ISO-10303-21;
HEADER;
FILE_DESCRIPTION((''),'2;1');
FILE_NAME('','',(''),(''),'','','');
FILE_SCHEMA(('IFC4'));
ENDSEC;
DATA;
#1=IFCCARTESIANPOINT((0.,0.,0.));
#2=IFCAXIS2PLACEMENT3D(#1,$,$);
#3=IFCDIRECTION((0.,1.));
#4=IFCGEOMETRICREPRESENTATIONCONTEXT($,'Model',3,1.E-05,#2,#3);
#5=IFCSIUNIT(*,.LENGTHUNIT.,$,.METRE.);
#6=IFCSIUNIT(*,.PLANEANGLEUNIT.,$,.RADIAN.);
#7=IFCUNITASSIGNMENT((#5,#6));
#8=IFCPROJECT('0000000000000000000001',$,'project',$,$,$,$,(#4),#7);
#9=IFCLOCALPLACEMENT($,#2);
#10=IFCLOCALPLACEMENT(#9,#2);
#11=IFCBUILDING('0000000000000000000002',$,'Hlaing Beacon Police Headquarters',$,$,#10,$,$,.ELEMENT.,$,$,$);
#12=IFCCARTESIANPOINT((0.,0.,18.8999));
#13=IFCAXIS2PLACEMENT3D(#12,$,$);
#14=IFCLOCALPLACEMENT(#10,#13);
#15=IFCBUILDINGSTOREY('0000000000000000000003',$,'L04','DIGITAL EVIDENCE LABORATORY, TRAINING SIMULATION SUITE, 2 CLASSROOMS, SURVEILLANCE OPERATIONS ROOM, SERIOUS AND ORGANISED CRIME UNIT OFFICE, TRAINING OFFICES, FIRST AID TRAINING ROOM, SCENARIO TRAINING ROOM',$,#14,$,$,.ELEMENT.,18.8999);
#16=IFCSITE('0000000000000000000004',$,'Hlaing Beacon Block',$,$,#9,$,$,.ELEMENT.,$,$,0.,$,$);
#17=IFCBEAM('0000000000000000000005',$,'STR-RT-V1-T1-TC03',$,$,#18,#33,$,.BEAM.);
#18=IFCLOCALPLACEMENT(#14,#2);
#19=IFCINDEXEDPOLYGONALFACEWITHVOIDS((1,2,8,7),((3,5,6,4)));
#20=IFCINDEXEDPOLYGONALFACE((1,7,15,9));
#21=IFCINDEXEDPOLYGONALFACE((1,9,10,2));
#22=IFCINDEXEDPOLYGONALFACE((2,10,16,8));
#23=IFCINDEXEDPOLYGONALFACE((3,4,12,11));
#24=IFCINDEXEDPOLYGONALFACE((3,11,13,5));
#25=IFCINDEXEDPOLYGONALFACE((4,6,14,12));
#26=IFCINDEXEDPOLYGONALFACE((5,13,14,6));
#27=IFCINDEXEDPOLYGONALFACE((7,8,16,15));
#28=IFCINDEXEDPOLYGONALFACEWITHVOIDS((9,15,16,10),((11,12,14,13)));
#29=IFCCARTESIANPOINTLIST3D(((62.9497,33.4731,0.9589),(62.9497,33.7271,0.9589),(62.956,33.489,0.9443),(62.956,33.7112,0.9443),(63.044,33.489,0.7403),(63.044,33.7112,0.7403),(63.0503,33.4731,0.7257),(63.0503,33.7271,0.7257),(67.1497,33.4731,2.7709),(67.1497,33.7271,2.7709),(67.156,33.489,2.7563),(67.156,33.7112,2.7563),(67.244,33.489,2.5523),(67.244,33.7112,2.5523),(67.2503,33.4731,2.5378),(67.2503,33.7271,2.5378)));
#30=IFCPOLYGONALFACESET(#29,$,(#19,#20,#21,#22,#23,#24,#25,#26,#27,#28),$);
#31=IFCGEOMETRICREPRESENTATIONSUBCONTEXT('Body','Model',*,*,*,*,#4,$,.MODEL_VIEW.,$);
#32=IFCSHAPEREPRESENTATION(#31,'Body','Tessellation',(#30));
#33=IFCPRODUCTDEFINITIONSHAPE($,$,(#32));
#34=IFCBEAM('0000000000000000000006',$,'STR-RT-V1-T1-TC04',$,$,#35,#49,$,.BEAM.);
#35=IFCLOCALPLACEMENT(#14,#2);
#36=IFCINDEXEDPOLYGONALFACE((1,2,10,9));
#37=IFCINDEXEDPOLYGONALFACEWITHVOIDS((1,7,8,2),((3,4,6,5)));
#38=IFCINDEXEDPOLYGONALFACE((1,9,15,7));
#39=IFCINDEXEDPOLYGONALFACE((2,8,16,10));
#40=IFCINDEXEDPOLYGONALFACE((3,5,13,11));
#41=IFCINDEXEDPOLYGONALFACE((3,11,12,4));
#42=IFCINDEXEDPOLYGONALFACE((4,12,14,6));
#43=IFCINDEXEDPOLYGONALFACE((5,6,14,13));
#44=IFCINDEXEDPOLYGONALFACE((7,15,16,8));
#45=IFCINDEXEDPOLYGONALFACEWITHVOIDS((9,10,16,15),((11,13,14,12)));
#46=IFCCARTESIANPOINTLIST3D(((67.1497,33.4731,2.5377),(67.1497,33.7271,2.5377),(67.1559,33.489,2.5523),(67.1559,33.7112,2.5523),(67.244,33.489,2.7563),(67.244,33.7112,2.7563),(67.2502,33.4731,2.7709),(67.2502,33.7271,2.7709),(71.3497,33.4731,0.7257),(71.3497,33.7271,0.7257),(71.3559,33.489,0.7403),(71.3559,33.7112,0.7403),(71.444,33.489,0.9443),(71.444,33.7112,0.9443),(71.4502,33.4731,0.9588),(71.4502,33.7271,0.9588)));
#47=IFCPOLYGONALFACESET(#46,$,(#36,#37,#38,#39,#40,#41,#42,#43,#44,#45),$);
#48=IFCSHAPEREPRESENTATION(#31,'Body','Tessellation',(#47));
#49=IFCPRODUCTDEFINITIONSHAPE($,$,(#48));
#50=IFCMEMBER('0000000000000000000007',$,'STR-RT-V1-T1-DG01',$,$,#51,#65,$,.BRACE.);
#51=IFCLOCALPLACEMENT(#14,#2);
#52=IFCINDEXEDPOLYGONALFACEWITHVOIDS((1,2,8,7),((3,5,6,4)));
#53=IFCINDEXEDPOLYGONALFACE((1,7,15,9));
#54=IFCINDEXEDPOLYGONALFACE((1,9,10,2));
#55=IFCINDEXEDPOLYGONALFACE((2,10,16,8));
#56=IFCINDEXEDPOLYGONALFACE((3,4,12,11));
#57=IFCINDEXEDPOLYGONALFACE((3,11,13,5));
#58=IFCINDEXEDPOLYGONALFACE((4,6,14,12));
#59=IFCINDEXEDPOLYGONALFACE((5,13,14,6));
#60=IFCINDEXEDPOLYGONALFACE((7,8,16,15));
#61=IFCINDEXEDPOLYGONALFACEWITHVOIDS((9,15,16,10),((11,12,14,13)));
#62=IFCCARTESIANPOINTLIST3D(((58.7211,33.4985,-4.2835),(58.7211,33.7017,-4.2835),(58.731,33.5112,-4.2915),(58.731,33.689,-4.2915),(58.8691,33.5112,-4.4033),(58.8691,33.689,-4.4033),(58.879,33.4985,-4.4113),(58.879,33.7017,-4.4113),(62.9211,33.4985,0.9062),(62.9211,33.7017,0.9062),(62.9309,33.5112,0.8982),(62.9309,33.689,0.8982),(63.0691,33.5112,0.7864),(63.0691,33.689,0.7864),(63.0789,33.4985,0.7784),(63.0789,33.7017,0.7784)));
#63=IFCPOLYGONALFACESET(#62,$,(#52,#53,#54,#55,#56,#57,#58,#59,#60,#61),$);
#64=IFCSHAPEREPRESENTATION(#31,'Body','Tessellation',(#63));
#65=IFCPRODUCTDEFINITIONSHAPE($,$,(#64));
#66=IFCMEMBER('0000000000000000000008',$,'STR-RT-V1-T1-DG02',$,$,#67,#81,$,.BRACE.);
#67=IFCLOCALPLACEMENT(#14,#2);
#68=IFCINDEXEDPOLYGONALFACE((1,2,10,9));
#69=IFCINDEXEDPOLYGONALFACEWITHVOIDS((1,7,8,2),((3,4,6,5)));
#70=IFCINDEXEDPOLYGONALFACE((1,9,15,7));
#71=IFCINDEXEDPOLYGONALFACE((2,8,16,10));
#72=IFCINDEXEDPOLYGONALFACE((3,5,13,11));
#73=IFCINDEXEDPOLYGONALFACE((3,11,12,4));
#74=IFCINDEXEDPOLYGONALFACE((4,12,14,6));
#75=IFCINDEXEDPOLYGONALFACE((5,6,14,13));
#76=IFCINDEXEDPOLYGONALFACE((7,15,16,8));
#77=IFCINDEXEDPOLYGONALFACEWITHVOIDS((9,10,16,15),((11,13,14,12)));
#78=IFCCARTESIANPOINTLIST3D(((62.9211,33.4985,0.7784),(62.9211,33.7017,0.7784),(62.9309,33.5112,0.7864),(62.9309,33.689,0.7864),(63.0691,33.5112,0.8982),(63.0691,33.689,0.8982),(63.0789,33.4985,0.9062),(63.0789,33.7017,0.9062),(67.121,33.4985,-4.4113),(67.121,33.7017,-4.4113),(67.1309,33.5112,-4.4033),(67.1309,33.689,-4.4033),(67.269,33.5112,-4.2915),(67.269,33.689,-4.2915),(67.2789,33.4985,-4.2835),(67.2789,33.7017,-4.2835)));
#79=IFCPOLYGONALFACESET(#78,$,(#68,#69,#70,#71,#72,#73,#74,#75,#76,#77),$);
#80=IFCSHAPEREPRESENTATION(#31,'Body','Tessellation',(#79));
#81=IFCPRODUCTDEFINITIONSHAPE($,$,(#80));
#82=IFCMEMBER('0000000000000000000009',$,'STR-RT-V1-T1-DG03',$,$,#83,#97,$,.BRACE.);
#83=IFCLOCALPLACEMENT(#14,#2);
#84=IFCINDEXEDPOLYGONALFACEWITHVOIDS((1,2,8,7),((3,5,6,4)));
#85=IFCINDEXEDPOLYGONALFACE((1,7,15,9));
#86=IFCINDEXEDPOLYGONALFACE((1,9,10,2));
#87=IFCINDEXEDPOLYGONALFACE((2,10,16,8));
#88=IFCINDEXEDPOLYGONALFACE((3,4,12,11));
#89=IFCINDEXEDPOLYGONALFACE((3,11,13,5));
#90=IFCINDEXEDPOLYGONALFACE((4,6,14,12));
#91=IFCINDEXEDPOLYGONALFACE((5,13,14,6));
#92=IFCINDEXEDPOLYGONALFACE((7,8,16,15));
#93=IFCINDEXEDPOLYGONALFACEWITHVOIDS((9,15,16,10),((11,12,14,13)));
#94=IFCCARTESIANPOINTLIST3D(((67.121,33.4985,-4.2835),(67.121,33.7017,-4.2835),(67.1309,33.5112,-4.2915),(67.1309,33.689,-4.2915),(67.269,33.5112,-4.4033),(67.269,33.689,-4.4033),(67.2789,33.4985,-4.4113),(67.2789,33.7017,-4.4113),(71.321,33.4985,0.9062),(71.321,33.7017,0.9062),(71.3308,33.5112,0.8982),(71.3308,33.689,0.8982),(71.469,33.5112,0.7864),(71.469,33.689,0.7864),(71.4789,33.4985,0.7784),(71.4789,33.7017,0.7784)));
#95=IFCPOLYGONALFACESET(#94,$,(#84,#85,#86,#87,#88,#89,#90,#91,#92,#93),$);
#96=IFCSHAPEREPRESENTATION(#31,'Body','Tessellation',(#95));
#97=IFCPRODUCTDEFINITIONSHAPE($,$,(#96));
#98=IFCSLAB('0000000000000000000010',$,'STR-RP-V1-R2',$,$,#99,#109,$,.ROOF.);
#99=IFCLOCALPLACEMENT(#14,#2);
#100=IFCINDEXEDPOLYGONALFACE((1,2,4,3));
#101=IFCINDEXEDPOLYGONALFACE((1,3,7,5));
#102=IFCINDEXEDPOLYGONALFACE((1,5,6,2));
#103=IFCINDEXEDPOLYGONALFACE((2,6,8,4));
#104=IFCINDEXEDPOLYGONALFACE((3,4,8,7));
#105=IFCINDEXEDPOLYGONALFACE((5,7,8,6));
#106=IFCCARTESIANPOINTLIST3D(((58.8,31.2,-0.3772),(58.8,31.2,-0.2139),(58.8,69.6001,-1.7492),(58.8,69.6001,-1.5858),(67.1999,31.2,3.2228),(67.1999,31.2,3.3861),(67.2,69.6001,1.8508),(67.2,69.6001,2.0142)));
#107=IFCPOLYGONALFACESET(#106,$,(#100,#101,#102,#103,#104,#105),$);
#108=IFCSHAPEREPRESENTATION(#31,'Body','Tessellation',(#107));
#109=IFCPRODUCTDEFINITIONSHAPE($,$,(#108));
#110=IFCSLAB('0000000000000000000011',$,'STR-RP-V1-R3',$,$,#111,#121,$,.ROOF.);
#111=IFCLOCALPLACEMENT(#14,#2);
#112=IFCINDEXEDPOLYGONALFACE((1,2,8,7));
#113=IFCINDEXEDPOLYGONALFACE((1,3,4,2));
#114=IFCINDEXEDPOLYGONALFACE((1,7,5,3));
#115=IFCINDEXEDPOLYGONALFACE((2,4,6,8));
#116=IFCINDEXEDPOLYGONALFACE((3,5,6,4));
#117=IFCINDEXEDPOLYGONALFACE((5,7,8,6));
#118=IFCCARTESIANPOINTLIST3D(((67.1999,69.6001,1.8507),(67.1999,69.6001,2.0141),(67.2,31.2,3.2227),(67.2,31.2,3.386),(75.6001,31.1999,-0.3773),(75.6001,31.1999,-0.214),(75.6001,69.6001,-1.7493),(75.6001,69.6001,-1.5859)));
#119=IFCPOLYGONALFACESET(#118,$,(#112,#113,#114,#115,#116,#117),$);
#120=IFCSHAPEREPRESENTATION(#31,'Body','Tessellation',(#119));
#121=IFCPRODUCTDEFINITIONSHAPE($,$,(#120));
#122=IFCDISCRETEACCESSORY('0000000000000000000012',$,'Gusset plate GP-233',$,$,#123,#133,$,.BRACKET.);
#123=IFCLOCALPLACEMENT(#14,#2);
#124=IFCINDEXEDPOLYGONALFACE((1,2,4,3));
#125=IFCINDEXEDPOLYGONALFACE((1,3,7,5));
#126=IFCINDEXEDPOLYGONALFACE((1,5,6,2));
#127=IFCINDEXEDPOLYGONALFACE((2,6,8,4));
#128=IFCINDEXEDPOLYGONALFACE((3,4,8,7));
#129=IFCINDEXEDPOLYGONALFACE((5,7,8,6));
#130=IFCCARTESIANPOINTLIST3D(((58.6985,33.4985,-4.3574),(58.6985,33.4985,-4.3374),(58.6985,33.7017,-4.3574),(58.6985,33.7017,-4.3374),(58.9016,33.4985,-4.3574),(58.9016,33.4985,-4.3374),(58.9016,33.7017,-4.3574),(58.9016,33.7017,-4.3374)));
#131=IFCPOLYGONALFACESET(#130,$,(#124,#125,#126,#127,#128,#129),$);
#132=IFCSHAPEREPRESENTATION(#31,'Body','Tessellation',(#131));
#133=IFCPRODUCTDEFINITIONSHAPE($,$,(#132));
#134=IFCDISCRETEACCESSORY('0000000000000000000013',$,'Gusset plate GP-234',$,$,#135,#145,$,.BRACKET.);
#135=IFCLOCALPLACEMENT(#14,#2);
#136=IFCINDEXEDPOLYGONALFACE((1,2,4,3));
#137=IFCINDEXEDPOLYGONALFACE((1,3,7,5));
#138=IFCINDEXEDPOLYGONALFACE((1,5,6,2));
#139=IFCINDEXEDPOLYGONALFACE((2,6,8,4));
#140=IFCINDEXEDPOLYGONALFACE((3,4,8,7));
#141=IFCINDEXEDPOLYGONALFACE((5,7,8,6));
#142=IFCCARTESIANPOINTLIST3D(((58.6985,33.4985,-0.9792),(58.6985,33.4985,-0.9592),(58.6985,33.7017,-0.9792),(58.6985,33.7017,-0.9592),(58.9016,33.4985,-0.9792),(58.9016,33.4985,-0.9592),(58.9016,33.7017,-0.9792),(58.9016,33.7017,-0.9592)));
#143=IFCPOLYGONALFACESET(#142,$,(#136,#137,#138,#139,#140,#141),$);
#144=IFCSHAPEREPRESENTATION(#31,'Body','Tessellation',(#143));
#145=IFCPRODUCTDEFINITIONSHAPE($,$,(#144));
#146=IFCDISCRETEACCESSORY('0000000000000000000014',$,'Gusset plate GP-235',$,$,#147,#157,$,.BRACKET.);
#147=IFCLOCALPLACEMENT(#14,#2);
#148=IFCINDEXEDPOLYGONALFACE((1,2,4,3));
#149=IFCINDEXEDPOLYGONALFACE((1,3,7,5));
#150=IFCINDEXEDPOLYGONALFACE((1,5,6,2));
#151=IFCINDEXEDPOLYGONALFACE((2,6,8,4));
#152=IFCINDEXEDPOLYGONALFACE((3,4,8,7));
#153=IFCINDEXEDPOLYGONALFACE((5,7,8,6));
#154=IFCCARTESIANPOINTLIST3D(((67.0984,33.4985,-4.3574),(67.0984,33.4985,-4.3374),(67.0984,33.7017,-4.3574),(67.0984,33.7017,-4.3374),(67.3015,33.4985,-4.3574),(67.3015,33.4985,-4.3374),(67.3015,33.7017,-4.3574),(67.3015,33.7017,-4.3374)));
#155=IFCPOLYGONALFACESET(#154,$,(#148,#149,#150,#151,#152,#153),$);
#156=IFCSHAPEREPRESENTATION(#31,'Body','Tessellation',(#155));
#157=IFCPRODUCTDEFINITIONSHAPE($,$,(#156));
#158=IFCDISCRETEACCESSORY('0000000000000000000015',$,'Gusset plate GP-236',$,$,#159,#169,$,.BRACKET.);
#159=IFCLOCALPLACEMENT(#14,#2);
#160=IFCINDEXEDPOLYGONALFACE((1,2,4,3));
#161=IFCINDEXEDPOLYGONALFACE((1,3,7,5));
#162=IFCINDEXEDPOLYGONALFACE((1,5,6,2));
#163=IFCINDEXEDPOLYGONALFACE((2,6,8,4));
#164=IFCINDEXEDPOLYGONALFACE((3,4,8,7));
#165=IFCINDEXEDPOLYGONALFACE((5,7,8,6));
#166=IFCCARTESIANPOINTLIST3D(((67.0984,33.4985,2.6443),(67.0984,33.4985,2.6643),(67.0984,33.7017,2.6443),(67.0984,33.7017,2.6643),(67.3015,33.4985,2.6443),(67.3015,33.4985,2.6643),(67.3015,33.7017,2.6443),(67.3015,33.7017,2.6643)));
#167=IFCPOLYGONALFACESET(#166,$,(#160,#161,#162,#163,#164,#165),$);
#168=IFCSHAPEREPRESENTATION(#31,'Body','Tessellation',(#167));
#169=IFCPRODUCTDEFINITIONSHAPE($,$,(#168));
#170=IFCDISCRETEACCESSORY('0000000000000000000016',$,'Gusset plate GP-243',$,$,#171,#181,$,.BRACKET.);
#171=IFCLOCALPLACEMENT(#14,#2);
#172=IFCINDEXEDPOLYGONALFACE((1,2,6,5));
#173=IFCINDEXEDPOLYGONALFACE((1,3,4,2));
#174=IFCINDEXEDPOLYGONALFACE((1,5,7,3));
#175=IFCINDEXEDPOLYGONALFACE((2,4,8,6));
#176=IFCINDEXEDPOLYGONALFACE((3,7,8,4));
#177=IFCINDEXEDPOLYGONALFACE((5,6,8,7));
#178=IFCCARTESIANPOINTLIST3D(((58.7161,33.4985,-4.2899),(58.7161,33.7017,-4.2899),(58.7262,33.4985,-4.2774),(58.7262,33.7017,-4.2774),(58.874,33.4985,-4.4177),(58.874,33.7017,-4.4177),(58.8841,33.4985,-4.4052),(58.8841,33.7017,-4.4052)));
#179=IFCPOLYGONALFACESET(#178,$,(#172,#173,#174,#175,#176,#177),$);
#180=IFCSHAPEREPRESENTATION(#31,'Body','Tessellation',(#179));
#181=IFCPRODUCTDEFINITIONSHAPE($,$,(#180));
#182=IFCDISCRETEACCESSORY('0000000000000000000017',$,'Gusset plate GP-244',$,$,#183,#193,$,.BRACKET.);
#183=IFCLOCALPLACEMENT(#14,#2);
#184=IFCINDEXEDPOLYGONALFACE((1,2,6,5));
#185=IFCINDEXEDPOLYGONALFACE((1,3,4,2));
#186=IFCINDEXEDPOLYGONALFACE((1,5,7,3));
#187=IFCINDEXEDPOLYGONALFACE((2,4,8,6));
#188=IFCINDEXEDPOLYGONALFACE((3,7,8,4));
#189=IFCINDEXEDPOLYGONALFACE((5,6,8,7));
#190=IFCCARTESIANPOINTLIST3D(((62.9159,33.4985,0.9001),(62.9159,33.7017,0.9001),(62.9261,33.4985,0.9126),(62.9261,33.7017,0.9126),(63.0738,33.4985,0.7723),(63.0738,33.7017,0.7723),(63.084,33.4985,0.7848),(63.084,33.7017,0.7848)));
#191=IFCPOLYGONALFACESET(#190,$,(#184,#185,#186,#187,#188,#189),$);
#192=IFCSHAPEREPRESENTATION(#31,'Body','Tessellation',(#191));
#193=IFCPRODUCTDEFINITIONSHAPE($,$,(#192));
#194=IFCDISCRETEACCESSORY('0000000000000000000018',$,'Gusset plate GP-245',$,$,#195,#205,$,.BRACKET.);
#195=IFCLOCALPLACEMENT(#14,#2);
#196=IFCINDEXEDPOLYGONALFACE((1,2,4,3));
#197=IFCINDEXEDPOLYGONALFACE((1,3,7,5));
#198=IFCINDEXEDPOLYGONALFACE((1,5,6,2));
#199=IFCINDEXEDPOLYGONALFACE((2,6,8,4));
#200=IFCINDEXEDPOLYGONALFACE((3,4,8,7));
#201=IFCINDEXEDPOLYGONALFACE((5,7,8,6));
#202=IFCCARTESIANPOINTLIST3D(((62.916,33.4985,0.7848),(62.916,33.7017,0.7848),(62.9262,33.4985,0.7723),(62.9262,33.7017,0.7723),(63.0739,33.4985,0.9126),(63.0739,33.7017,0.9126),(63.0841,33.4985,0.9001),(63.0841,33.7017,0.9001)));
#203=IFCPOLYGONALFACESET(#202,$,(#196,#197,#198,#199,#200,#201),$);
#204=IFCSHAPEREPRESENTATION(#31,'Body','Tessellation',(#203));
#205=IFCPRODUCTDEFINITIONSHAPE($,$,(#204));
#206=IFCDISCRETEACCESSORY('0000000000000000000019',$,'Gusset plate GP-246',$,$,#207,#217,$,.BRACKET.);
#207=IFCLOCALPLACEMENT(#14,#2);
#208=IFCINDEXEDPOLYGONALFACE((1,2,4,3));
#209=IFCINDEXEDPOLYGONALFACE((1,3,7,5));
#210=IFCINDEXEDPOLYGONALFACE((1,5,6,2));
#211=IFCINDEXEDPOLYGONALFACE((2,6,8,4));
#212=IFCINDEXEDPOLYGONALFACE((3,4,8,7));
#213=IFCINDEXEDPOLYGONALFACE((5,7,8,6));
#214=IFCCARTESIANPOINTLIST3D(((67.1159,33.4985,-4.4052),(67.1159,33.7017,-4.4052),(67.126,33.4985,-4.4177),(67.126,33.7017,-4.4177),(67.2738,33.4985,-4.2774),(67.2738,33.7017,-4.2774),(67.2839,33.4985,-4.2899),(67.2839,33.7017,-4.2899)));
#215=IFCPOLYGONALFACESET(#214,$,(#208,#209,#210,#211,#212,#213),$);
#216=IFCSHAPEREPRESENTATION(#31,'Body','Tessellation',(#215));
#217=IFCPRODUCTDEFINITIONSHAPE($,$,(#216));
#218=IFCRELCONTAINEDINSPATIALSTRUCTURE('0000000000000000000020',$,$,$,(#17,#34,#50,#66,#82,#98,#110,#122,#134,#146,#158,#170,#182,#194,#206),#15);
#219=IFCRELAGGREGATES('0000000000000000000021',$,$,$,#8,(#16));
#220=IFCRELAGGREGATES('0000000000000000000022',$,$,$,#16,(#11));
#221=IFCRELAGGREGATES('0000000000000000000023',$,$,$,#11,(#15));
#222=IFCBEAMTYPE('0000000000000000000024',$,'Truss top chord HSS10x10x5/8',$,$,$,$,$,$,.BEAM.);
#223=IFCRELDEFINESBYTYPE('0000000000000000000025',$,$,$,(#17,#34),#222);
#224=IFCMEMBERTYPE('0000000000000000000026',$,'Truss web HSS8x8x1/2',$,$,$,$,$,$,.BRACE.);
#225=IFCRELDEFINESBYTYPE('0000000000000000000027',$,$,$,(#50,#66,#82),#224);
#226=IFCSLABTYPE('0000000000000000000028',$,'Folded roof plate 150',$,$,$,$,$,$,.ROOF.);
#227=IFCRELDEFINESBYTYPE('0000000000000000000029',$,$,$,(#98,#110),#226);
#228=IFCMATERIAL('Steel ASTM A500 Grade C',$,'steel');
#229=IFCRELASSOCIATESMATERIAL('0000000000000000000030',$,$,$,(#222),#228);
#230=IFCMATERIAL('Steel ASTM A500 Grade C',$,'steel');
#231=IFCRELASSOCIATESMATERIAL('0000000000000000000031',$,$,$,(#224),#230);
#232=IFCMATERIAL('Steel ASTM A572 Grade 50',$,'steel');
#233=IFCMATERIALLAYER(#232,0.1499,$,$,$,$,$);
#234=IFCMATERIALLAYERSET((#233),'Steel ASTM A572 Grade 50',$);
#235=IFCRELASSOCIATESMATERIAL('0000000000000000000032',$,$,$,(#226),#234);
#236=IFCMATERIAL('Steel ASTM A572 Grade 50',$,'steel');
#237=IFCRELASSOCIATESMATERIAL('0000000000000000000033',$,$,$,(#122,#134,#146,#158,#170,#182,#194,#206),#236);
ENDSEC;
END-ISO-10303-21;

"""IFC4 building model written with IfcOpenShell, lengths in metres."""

from ifc_helpers import new_model, si_unit, direction, frame, origin, origin_2d, place, context, subcontext, project, spatial, polyline, rectangle, hollow_rectangle, outline, extrude, material, layer, layer_set, material_profile, profile_set, type_object, element, save


model = new_model("IFC4")

# Units and contexts
model_context = context("Model", 3, precision=1e-05, world=origin(), true_north=direction((0.0, 1.0)))
body_context = subcontext(model_context, "Body", "Model", "MODEL_VIEW")
ifc_project = project(units=[si_unit("LENGTHUNIT", "METRE"), si_unit("PLANEANGLEUNIT", "RADIAN")], contexts=[model_context])

# Site, building, storey
site_placement = place(None, origin())
site = spatial("IfcSite", under=ifc_project, at=site_placement, Name="Hlaing Beacon Block", CompositionType="ELEMENT", RefElevation=0.0)
building_placement = place(site_placement, origin())
building = spatial("IfcBuilding", under=site, at=building_placement, Name="Hlaing Beacon Police Headquarters", CompositionType="ELEMENT")
storey_placement = place(building_placement, frame((0.0, 0.0, 18.8999)))
storey = spatial("IfcBuildingStorey", under=building, at=storey_placement, Name="L04", Description="DIGITAL EVIDENCE LABORATORY, TRAINING SIMULATION SUITE, 2 CLASSROOMS, SURVEILLANCE OPERATIONS ROOM, SERIOUS AND ORGANISED CRIME UNIT OFFICE, TRAINING OFFICES, FIRST AID TRAINING ROOM, SCENARIO TRAINING ROOM", CompositionType="ELEMENT", Elevation=18.8999)

# Beams
ifc_material_1 = material(Name="Steel ASTM A500 Grade C", Category="steel")
ifc_material_profile_1 = material_profile(ifc_material_1, hollow_rectangle(XDim=0.2539, YDim=0.2539, WallThickness=0.0159, at=origin_2d()), Name="HSS10x10x5/8")
ifc_profile_set_1 = profile_set([ifc_material_profile_1], Name="Steel ASTM A500 Grade C")
beam_type_1 = type_object("IfcBeamType", Name="Truss top chord HSS10x10x5/8", PredefinedType="BEAM", material=ifc_profile_set_1)
for number, where, z_axis, x_axis, name in (
    (1, (63.0, 33.6001, 0.8423), (0.91819, 0.0, 0.396141), (0.0, 1.0, 0.0), "STR-RT-V1-T1-TC03"),
    (2, (67.2, 33.6001, 2.6543), (0.91819, 0.0, -0.396141), (0.0, 1.0, 0.0), "STR-RT-V1-T1-TC04"),
):
    element("IfcBeam", number, at=place(storey_placement, frame(where, z_axis=z_axis, x_axis=x_axis)), inside=storey, type_object=beam_type_1, Name=name, PredefinedType="BEAM", context=body_context, shape_type="SweptSolid", body=[
        extrude(hollow_rectangle(XDim=0.2539, YDim=0.2539, WallThickness=0.0159, at=origin_2d()), origin(), (0.0, 0.0, 1.0), 4.5742),
    ])

# Members
ifc_material_2 = material(Name="Steel ASTM A500 Grade C", Category="steel")
ifc_material_profile_2 = material_profile(ifc_material_2, hollow_rectangle(XDim=0.2031, YDim=0.2031, WallThickness=0.0127, at=origin_2d()), Name="HSS8x8x1/2")
ifc_profile_set_2 = profile_set([ifc_material_profile_2], Name="Steel ASTM A500 Grade C")
member_type_1 = type_object("IfcMemberType", Name="Truss web HSS8x8x1/2", PredefinedType="BRACE", material=ifc_profile_set_2)
for number, where, z_axis, x_axis, name in (
    (3, (58.8, 33.6001, -4.3474), (0.629087, 0.0, 0.777335), (0.0, 1.0, 0.0), "STR-RT-V1-T1-DG01"),
    (4, (63.0, 33.6001, 0.8423), (0.629087, 0.0, -0.777335), (0.0, 1.0, 0.0), "STR-RT-V1-T1-DG02"),
    (5, (67.2, 33.6001, -4.3474), (0.629087, 0.0, 0.777335), (0.0, 1.0, 0.0), "STR-RT-V1-T1-DG03"),
):
    element("IfcMember", number, at=place(storey_placement, frame(where, z_axis=z_axis, x_axis=x_axis)), inside=storey, type_object=member_type_1, Name=name, PredefinedType="BRACE", context=body_context, shape_type="SweptSolid", body=[
        extrude(hollow_rectangle(XDim=0.2031, YDim=0.2031, WallThickness=0.0127, at=origin_2d()), origin(), (0.0, 0.0, 1.0), 6.6763),
    ])

# Slabs
ifc_material_3 = material(Name="Steel ASTM A572 Grade 50", Category="steel")
ifc_layer = layer(ifc_material_3, 0.1499)
ifc_layer_set = layer_set([ifc_layer], Name="Steel ASTM A572 Grade 50")
slab_type = type_object("IfcSlabType", Name="Folded roof plate 150", PredefinedType="ROOF", material=ifc_layer_set)
slab_1_placement = place(storey_placement, frame((58.8, 31.2, -0.2139), z_axis=(-0.393709, 0.032821, 0.918649), x_axis=(0.919144, 0.0, 0.393921)))
element("IfcSlab", 6, at=slab_1_placement, inside=storey, type_object=slab_type, Name="STR-RP-V1-R2", PredefinedType="ROOF", context=body_context, shape_type="SweptSolid", body=[
    extrude(outline(polyline([(0.0, 0.0), (9.1388, 0.0), (8.5984, 38.4208), (-0.5405, 38.4209), (0.0, 0.0)])), origin(), (-0.393921, 0.030168, -0.918649), 0.1633),
])
slab_2_placement = place(storey_placement, frame((67.2, 31.2, 3.386), z_axis=(0.393699, 0.032821, 0.918653), x_axis=(0.919148, 0.0, -0.393911)))
element("IfcSlab", 7, at=slab_2_placement, inside=storey, type_object=slab_type, Name="STR-RP-V1-R3", PredefinedType="ROOF", context=body_context, shape_type="SweptSolid", body=[
    extrude(outline(polyline([(0.0, 0.0), (9.139, 0.0), (9.6795, 38.4209), (0.5404, 38.4208), (0.0, 0.0)])), origin(), (0.393911, 0.030168, -0.918653), 0.1633),
])

# Discrete accessories
ifc_material_4 = material(Name="Steel ASTM A572 Grade 50", Category="steel")
for number, where, z_axis, x_axis, name in (
    (8, (58.8, 33.6001, -4.3374), (0.0, 0.0, -1.0), (1.0, 0.0, 0.0), "Gusset plate GP-233"),
    (9, (58.8, 33.6001, -0.9792), (0.0, 0.0, 1.0), (1.0, 0.0, 0.0), "Gusset plate GP-234"),
    (10, (67.2, 33.6001, -4.3374), (0.0, 0.0, -1.0), (1.0, 0.0, 0.0), "Gusset plate GP-235"),
    (11, (67.2, 33.6001, 2.6443), (0.0, 0.0, 1.0), (1.0, 0.0, 0.0), "Gusset plate GP-236"),
):
    element("IfcDiscreteAccessory", number, at=place(storey_placement, frame(where, z_axis=z_axis, x_axis=x_axis)), inside=storey, material=ifc_material_4, Name=name, PredefinedType="BRACKET", context=body_context, shape_type="SweptSolid", body=[
        extrude(rectangle(XDim=0.2031, YDim=0.2031, at=origin_2d()), origin(), (0.0, 0.0, 1.0), 0.02),
    ])
for number, where, z_axis, x_axis, name in (
    (12, (58.8052, 33.6001, -4.3413), (-0.629087, 0.0, -0.777335), (0.0, -1.0, 0.0), "Gusset plate GP-243"),
    (13, (62.9949, 33.6001, 0.8362), (0.629087, 0.0, 0.777335), (0.0, 1.0, 0.0), "Gusset plate GP-244"),
    (14, (63.0051, 33.6001, 0.8362), (-0.629087, 0.0, 0.777335), (0.0, -1.0, 0.0), "Gusset plate GP-245"),
    (15, (67.1948, 33.6001, -4.3413), (0.629087, 0.0, -0.777335), (0.0, 1.0, 0.0), "Gusset plate GP-246"),
):
    element("IfcDiscreteAccessory", number, at=place(storey_placement, frame(where, z_axis=z_axis, x_axis=x_axis)), inside=storey, material=ifc_material_4, Name=name, PredefinedType="BRACKET", context=body_context, shape_type="SweptSolid", body=[
        extrude(rectangle(XDim=0.2031, YDim=0.2031, at=origin_2d()), origin(), (0.0, 0.0, 1.0), 0.0161),
    ])

save(model, "model.ifc")
